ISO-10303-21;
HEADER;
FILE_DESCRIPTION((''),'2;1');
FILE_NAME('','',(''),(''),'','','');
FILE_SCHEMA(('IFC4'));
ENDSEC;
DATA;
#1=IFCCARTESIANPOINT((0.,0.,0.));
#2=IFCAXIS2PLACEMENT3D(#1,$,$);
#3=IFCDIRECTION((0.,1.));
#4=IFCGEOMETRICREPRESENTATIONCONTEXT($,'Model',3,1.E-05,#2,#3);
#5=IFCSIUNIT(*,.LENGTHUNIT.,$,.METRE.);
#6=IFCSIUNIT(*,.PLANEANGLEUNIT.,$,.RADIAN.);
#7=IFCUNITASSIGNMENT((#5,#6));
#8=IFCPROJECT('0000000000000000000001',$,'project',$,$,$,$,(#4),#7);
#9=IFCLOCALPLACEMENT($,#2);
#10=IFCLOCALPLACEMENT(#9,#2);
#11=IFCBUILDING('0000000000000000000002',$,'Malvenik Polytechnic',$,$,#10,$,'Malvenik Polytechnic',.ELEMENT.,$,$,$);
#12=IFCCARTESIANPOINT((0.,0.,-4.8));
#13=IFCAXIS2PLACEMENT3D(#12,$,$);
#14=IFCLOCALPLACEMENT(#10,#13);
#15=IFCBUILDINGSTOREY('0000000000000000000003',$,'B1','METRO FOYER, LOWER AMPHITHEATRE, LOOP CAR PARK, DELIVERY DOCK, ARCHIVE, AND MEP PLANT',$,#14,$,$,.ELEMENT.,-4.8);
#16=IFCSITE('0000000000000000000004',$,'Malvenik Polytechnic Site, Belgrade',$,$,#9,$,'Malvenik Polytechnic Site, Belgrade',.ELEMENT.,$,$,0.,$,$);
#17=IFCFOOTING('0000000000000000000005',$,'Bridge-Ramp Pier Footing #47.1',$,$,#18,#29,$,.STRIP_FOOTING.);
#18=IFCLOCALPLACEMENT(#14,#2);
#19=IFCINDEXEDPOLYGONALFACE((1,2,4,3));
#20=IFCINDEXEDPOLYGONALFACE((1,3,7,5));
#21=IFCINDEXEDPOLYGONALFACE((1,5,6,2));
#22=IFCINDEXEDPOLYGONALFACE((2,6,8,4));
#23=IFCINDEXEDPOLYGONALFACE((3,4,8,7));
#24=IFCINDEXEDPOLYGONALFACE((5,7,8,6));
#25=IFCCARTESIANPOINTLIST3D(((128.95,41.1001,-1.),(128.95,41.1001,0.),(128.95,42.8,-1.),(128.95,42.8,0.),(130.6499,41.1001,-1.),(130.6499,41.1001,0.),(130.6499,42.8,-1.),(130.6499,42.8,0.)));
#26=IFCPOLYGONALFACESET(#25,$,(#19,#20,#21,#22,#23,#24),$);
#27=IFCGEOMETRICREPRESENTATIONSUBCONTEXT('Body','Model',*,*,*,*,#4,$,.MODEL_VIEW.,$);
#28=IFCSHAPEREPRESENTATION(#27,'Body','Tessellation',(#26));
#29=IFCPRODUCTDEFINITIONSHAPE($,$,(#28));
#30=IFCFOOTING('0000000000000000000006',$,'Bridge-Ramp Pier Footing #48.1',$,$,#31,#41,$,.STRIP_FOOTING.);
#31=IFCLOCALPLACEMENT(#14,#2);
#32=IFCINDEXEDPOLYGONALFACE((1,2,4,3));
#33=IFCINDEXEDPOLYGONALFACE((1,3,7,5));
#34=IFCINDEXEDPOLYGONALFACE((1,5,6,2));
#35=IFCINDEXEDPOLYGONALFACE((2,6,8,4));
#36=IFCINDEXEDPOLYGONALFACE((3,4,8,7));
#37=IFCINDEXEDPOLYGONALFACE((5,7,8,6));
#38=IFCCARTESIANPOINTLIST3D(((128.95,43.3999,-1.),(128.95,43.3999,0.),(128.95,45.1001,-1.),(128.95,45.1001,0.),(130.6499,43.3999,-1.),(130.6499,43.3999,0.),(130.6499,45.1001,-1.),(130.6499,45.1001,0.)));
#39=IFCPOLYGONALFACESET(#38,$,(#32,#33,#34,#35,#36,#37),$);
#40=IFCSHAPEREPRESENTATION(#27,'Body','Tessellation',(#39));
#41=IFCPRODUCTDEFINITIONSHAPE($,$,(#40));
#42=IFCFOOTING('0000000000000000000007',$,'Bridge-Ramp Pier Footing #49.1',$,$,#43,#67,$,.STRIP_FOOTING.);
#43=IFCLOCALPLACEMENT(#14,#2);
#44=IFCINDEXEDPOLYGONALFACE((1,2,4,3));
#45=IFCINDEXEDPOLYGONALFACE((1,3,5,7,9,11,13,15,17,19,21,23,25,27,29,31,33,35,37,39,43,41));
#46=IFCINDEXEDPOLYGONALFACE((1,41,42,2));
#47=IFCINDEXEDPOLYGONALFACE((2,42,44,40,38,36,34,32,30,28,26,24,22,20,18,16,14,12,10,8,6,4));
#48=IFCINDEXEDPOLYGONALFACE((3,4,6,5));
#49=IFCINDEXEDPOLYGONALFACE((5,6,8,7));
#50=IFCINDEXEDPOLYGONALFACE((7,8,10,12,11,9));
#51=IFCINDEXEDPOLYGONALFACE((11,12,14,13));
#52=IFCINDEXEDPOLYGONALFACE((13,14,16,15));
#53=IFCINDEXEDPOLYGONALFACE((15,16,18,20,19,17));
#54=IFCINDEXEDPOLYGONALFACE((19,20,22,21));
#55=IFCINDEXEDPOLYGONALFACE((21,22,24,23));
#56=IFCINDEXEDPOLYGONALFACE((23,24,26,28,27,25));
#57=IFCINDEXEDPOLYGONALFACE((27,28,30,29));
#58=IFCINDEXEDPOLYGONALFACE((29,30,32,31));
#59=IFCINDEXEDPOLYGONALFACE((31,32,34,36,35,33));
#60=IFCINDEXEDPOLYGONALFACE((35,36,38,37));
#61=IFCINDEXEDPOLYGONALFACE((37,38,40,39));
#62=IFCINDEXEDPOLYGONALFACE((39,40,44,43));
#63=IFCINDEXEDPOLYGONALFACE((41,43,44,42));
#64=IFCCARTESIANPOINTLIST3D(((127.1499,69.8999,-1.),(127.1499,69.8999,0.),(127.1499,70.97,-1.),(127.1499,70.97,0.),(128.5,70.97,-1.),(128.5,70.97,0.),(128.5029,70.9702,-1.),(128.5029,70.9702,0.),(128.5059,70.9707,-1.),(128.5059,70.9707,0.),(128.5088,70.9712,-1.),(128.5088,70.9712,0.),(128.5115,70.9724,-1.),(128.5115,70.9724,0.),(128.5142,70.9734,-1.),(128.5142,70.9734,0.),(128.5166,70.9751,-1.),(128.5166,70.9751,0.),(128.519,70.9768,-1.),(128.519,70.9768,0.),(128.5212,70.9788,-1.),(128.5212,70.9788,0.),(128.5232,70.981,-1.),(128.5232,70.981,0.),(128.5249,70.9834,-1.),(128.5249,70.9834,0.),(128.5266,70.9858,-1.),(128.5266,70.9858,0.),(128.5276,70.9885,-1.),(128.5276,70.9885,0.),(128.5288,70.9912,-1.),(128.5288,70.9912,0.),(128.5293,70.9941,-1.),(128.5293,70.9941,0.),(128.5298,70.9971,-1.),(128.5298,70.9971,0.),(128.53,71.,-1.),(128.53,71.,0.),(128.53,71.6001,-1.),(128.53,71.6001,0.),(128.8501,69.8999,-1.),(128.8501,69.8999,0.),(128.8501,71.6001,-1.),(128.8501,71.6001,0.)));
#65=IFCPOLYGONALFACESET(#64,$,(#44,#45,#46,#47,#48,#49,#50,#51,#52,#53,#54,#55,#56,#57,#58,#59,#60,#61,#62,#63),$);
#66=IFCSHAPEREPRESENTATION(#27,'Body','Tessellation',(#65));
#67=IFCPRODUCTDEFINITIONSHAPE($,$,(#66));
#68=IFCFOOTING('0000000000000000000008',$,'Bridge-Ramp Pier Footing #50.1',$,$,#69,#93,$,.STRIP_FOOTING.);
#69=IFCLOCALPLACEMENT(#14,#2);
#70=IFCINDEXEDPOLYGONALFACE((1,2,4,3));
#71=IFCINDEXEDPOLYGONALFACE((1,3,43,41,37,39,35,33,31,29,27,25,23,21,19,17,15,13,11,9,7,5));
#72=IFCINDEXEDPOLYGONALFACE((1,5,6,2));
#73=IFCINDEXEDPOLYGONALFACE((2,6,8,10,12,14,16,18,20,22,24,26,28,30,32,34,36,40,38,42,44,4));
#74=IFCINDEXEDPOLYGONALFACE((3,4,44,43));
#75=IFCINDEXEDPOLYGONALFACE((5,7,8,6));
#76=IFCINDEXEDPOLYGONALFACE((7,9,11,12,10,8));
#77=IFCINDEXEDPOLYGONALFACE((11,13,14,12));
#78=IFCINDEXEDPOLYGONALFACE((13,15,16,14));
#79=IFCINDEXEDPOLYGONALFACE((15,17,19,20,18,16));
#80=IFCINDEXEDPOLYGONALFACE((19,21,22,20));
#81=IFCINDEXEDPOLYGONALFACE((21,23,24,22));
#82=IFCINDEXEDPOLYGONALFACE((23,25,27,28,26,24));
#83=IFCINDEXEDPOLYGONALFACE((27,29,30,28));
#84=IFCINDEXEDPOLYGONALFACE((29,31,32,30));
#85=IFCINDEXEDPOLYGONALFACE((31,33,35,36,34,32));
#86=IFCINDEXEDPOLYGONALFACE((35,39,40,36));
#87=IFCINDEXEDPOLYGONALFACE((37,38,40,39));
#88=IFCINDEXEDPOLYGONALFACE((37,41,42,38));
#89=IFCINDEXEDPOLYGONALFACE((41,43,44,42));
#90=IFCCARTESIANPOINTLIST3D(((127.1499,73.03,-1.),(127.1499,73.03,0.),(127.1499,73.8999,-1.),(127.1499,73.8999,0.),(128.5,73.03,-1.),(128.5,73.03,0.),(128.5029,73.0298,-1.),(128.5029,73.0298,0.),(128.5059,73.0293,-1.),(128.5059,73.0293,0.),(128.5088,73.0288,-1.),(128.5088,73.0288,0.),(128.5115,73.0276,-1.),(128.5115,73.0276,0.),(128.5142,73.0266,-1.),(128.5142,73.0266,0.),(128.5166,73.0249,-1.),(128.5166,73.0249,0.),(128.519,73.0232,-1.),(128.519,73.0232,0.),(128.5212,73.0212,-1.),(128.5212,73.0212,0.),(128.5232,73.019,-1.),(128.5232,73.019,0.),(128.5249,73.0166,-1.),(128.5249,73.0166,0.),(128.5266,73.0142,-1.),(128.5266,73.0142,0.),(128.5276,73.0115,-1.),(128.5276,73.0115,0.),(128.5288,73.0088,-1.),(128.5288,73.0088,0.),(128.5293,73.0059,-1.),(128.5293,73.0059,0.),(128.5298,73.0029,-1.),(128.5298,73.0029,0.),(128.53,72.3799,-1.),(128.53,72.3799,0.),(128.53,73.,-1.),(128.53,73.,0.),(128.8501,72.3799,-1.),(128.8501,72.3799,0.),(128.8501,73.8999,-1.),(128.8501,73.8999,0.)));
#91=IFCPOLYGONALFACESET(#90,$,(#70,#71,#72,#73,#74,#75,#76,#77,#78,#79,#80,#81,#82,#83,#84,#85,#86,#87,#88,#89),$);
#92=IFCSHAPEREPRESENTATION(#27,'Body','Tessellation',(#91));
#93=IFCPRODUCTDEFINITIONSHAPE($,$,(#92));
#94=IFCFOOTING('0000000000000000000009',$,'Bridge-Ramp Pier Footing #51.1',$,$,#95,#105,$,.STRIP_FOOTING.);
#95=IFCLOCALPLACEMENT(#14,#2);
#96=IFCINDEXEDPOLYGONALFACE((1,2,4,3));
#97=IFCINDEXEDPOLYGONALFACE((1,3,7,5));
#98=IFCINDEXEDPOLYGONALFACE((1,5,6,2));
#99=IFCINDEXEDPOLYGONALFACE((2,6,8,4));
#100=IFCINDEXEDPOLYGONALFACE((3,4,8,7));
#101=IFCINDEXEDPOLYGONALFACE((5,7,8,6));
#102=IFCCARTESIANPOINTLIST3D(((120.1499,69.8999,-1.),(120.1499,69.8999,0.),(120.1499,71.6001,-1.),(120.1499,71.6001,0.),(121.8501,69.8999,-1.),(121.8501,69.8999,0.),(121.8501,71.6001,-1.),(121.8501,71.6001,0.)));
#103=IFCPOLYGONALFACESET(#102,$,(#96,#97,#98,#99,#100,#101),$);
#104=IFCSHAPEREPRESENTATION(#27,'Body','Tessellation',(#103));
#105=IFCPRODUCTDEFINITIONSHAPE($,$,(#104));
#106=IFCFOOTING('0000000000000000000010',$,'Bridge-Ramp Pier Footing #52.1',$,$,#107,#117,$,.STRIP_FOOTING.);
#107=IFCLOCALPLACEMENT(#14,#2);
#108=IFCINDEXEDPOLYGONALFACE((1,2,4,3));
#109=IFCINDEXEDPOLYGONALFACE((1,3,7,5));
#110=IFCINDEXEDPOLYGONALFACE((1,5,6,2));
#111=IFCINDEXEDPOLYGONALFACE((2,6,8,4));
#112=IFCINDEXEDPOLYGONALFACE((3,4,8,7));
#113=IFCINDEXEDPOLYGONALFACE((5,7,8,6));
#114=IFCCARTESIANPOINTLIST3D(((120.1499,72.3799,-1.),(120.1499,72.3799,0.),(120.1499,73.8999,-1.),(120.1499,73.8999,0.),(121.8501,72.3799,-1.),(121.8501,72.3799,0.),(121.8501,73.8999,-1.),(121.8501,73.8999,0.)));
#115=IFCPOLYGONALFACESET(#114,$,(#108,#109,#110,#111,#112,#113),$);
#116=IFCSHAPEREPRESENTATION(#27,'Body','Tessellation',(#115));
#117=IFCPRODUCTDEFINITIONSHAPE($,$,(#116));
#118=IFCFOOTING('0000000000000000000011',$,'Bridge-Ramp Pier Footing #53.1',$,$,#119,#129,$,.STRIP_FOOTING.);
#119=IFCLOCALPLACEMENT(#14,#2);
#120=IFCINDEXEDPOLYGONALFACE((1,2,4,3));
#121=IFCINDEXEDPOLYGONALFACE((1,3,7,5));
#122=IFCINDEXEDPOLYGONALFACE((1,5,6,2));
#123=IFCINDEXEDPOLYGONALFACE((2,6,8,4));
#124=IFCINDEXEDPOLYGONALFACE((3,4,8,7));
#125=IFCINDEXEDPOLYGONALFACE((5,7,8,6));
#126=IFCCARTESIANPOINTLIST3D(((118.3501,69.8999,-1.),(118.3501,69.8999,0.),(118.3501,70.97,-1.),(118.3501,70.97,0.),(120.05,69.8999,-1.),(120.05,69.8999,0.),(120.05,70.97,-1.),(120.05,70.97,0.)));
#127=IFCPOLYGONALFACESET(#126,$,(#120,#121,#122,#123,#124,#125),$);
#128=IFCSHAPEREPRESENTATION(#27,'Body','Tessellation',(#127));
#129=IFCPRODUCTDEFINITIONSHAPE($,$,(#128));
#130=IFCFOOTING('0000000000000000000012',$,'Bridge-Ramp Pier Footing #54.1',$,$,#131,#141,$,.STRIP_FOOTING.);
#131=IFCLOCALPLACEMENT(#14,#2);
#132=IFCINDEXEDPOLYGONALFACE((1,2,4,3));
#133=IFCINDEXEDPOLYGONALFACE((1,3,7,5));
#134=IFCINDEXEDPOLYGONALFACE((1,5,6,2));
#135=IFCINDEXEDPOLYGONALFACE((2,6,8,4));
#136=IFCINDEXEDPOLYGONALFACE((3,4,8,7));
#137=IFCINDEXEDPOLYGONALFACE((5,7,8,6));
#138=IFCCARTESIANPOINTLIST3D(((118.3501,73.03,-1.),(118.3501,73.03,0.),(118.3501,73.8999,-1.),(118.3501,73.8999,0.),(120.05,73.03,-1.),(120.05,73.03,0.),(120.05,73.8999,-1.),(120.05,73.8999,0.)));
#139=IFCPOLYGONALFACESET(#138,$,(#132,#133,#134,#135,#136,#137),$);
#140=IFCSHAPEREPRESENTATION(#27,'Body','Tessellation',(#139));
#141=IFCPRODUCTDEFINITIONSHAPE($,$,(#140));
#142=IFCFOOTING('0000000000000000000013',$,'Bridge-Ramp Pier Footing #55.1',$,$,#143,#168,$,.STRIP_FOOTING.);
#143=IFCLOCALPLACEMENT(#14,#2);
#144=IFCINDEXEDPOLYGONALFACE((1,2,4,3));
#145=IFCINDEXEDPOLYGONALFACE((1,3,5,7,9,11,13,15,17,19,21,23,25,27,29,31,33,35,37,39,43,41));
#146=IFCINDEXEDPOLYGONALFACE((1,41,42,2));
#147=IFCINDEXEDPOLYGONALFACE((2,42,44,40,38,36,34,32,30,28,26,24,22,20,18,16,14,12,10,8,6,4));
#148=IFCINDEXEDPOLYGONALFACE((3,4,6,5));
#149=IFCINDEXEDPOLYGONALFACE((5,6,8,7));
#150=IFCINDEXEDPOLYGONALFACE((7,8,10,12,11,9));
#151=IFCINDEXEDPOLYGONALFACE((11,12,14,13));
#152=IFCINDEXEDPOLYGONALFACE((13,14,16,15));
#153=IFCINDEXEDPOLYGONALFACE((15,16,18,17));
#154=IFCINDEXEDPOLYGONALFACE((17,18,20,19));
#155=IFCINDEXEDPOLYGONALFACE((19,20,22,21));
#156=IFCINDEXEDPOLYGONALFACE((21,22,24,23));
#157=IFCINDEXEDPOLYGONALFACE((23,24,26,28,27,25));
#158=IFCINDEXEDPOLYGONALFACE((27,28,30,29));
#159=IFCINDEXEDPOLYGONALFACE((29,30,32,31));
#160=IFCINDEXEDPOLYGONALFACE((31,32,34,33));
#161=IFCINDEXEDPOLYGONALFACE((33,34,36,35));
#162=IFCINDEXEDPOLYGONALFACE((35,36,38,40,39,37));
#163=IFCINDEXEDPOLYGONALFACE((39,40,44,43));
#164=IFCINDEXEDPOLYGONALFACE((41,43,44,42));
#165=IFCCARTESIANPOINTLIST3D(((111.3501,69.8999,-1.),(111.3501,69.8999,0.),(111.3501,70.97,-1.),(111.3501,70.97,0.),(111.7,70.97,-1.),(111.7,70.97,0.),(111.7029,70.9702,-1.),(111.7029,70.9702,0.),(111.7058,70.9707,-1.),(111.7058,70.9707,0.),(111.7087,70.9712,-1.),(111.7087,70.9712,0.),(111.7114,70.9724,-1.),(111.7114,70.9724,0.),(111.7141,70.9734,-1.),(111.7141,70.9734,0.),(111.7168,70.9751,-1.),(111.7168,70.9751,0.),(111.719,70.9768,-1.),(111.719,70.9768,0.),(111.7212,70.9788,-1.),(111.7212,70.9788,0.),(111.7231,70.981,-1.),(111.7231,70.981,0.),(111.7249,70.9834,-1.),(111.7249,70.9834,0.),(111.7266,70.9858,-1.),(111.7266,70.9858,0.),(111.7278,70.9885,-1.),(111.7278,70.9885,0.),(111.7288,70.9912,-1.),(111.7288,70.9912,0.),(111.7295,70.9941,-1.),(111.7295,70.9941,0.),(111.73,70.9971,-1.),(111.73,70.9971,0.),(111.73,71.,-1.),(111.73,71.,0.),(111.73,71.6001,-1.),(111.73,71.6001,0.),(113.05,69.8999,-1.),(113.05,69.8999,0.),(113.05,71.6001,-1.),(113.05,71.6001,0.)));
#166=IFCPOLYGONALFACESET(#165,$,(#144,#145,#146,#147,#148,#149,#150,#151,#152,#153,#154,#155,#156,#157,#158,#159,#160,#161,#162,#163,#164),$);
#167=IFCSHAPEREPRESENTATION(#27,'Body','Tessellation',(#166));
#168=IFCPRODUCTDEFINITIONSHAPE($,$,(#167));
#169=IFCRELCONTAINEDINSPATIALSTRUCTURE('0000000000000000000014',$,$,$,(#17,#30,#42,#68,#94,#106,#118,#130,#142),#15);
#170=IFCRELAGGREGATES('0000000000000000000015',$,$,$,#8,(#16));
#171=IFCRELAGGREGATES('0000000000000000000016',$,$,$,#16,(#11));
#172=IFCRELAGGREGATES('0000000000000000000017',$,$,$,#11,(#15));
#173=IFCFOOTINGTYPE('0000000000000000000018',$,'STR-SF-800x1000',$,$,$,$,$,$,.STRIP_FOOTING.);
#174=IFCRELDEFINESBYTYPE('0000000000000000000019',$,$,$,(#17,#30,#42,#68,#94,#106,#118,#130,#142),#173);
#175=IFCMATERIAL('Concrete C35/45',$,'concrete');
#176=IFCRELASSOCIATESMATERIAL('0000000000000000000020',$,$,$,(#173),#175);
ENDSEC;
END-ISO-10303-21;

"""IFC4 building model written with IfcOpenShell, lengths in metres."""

from ifc_helpers import new_model, si_unit, direction, frame, origin, place, context, subcontext, project, spatial, polyline, outline, extrude, material, type_object, element, save


model = new_model("IFC4")

# Units and contexts
model_context = context("Model", 3, precision=1e-05, world=origin(), true_north=direction((0.0, 1.0)))
body_context = subcontext(model_context, "Body", "Model", "MODEL_VIEW")
ifc_project = project(units=[si_unit("LENGTHUNIT", "METRE"), si_unit("PLANEANGLEUNIT", "RADIAN")], contexts=[model_context])

# Site, building, storey
site_placement = place(None, origin())
site = spatial("IfcSite", under=ifc_project, at=site_placement, Name="Malvenik Polytechnic Site, Belgrade", LongName="Malvenik Polytechnic Site, Belgrade", CompositionType="ELEMENT", RefElevation=0.0)
building_placement = place(site_placement, origin())
building = spatial("IfcBuilding", under=site, at=building_placement, Name="Malvenik Polytechnic", LongName="Malvenik Polytechnic", CompositionType="ELEMENT")
storey_placement = place(building_placement, frame((0.0, 0.0, -4.8)))
storey = spatial("IfcBuildingStorey", under=building, at=storey_placement, Name="B1", Description="METRO FOYER, LOWER AMPHITHEATRE, LOOP CAR PARK, DELIVERY DOCK, ARCHIVE, AND MEP PLANT", CompositionType="ELEMENT", Elevation=-4.8)

# Footings
ifc_material = material(Name="Concrete C35/45", Category="concrete")
footing_type = type_object("IfcFootingType", Name="STR-SF-800x1000", PredefinedType="STRIP_FOOTING", material=ifc_material)
footing_1_placement = place(storey_placement, frame((0.0, 0.0, -1.0)))
element("IfcFooting", 1, at=footing_1_placement, inside=storey, type_object=footing_type, Name="Bridge-Ramp Pier Footing #47.1", PredefinedType="STRIP_FOOTING", context=body_context, shape_type="SweptSolid", body=[
    extrude(outline(polyline([(128.95, 41.1001), (128.95, 42.8), (130.6499, 42.8), (130.6499, 41.1001), (128.95, 41.1001)])), origin(), (0.0, 0.0, 1.0), 1.0),
])
footing_2_placement = place(storey_placement, frame((0.0, 0.0, -1.0)))
element("IfcFooting", 2, at=footing_2_placement, inside=storey, type_object=footing_type, Name="Bridge-Ramp Pier Footing #48.1", PredefinedType="STRIP_FOOTING", context=body_context, shape_type="SweptSolid", body=[
    extrude(outline(polyline([(128.95, 43.3999), (128.95, 45.1001), (130.6499, 45.1001), (130.6499, 43.3999), (128.95, 43.3999)])), origin(), (0.0, 0.0, 1.0), 1.0),
])
footing_3_placement = place(storey_placement, frame((0.0, 0.0, -1.0)))
element("IfcFooting", 3, at=footing_3_placement, inside=storey, type_object=footing_type, Name="Bridge-Ramp Pier Footing #49.1", PredefinedType="STRIP_FOOTING", context=body_context, shape_type="SweptSolid", body=[
    extrude(outline(polyline([(128.8501, 71.6001), (128.8501, 69.8999), (127.1499, 69.8999), (127.1499, 70.97), (128.5, 70.97), (128.5029, 70.9702), (128.5059, 70.9707), (128.5088, 70.9712), (128.5115, 70.9724), (128.5142, 70.9734), (128.5166, 70.9751), (128.519, 70.9768), (128.5212, 70.9788), (128.5232, 70.981), (128.5249, 70.9834), (128.5266, 70.9858), (128.5276, 70.9885), (128.5288, 70.9912), (128.5293, 70.9941), (128.5298, 70.9971), (128.53, 71.0), (128.53, 71.6001), (128.8501, 71.6001)])), origin(), (0.0, 0.0, 1.0), 1.0),
])
footing_4_placement = place(storey_placement, frame((0.0, 0.0, -1.0)))
element("IfcFooting", 4, at=footing_4_placement, inside=storey, type_object=footing_type, Name="Bridge-Ramp Pier Footing #50.1", PredefinedType="STRIP_FOOTING", context=body_context, shape_type="SweptSolid", body=[
    extrude(outline(polyline([(127.1499, 73.8999), (128.8501, 73.8999), (128.8501, 72.3799), (128.53, 72.3799), (128.53, 73.0), (128.5298, 73.0029), (128.5293, 73.0059), (128.5288, 73.0088), (128.5276, 73.0115), (128.5266, 73.0142), (128.5249, 73.0166), (128.5232, 73.019), (128.5212, 73.0212), (128.519, 73.0232), (128.5166, 73.0249), (128.5142, 73.0266), (128.5115, 73.0276), (128.5088, 73.0288), (128.5059, 73.0293), (128.5029, 73.0298), (128.5, 73.03), (127.1499, 73.03), (127.1499, 73.8999)])), origin(), (0.0, 0.0, 1.0), 1.0),
])
footing_5_placement = place(storey_placement, frame((0.0, 0.0, -1.0)))
element("IfcFooting", 5, at=footing_5_placement, inside=storey, type_object=footing_type, Name="Bridge-Ramp Pier Footing #51.1", PredefinedType="STRIP_FOOTING", context=body_context, shape_type="SweptSolid", body=[
    extrude(outline(polyline([(120.1499, 69.8999), (120.1499, 71.6001), (121.8501, 71.6001), (121.8501, 69.8999), (120.1499, 69.8999)])), origin(), (0.0, 0.0, 1.0), 1.0),
])
footing_6_placement = place(storey_placement, frame((0.0, 0.0, -1.0)))
element("IfcFooting", 6, at=footing_6_placement, inside=storey, type_object=footing_type, Name="Bridge-Ramp Pier Footing #52.1", PredefinedType="STRIP_FOOTING", context=body_context, shape_type="SweptSolid", body=[
    extrude(outline(polyline([(120.1499, 73.8999), (121.8501, 73.8999), (121.8501, 72.3799), (120.1499, 72.3799), (120.1499, 73.8999)])), origin(), (0.0, 0.0, 1.0), 1.0),
])
footing_7_placement = place(storey_placement, frame((0.0, 0.0, -1.0)))
element("IfcFooting", 7, at=footing_7_placement, inside=storey, type_object=footing_type, Name="Bridge-Ramp Pier Footing #53.1", PredefinedType="STRIP_FOOTING", context=body_context, shape_type="SweptSolid", body=[
    extrude(outline(polyline([(120.05, 69.8999), (118.3501, 69.8999), (118.3501, 70.97), (120.05, 70.97), (120.05, 69.8999)])), origin(), (0.0, 0.0, 1.0), 1.0),
])
footing_8_placement = place(storey_placement, frame((0.0, 0.0, -1.0)))
element("IfcFooting", 8, at=footing_8_placement, inside=storey, type_object=footing_type, Name="Bridge-Ramp Pier Footing #54.1", PredefinedType="STRIP_FOOTING", context=body_context, shape_type="SweptSolid", body=[
    extrude(outline(polyline([(118.3501, 73.8999), (120.05, 73.8999), (120.05, 73.03), (118.3501, 73.03), (118.3501, 73.8999)])), origin(), (0.0, 0.0, 1.0), 1.0),
])
footing_9_placement = place(storey_placement, frame((0.0, 0.0, -1.0)))
element("IfcFooting", 9, at=footing_9_placement, inside=storey, type_object=footing_type, Name="Bridge-Ramp Pier Footing #55.1", PredefinedType="STRIP_FOOTING", context=body_context, shape_type="SweptSolid", body=[
    extrude(outline(polyline([(113.05, 71.6001), (113.05, 69.8999), (111.3501, 69.8999), (111.3501, 70.97), (111.7, 70.97), (111.7029, 70.9702), (111.7058, 70.9707), (111.7087, 70.9712), (111.7114, 70.9724), (111.7141, 70.9734), (111.7168, 70.9751), (111.719, 70.9768), (111.7212, 70.9788), (111.7231, 70.981), (111.7249, 70.9834), (111.7266, 70.9858), (111.7278, 70.9885), (111.7288, 70.9912), (111.7295, 70.9941), (111.73, 70.9971), (111.73, 71.0), (111.73, 71.6001), (113.05, 71.6001)])), origin(), (0.0, 0.0, 1.0), 1.0),
])

save(model, "model.ifc")
